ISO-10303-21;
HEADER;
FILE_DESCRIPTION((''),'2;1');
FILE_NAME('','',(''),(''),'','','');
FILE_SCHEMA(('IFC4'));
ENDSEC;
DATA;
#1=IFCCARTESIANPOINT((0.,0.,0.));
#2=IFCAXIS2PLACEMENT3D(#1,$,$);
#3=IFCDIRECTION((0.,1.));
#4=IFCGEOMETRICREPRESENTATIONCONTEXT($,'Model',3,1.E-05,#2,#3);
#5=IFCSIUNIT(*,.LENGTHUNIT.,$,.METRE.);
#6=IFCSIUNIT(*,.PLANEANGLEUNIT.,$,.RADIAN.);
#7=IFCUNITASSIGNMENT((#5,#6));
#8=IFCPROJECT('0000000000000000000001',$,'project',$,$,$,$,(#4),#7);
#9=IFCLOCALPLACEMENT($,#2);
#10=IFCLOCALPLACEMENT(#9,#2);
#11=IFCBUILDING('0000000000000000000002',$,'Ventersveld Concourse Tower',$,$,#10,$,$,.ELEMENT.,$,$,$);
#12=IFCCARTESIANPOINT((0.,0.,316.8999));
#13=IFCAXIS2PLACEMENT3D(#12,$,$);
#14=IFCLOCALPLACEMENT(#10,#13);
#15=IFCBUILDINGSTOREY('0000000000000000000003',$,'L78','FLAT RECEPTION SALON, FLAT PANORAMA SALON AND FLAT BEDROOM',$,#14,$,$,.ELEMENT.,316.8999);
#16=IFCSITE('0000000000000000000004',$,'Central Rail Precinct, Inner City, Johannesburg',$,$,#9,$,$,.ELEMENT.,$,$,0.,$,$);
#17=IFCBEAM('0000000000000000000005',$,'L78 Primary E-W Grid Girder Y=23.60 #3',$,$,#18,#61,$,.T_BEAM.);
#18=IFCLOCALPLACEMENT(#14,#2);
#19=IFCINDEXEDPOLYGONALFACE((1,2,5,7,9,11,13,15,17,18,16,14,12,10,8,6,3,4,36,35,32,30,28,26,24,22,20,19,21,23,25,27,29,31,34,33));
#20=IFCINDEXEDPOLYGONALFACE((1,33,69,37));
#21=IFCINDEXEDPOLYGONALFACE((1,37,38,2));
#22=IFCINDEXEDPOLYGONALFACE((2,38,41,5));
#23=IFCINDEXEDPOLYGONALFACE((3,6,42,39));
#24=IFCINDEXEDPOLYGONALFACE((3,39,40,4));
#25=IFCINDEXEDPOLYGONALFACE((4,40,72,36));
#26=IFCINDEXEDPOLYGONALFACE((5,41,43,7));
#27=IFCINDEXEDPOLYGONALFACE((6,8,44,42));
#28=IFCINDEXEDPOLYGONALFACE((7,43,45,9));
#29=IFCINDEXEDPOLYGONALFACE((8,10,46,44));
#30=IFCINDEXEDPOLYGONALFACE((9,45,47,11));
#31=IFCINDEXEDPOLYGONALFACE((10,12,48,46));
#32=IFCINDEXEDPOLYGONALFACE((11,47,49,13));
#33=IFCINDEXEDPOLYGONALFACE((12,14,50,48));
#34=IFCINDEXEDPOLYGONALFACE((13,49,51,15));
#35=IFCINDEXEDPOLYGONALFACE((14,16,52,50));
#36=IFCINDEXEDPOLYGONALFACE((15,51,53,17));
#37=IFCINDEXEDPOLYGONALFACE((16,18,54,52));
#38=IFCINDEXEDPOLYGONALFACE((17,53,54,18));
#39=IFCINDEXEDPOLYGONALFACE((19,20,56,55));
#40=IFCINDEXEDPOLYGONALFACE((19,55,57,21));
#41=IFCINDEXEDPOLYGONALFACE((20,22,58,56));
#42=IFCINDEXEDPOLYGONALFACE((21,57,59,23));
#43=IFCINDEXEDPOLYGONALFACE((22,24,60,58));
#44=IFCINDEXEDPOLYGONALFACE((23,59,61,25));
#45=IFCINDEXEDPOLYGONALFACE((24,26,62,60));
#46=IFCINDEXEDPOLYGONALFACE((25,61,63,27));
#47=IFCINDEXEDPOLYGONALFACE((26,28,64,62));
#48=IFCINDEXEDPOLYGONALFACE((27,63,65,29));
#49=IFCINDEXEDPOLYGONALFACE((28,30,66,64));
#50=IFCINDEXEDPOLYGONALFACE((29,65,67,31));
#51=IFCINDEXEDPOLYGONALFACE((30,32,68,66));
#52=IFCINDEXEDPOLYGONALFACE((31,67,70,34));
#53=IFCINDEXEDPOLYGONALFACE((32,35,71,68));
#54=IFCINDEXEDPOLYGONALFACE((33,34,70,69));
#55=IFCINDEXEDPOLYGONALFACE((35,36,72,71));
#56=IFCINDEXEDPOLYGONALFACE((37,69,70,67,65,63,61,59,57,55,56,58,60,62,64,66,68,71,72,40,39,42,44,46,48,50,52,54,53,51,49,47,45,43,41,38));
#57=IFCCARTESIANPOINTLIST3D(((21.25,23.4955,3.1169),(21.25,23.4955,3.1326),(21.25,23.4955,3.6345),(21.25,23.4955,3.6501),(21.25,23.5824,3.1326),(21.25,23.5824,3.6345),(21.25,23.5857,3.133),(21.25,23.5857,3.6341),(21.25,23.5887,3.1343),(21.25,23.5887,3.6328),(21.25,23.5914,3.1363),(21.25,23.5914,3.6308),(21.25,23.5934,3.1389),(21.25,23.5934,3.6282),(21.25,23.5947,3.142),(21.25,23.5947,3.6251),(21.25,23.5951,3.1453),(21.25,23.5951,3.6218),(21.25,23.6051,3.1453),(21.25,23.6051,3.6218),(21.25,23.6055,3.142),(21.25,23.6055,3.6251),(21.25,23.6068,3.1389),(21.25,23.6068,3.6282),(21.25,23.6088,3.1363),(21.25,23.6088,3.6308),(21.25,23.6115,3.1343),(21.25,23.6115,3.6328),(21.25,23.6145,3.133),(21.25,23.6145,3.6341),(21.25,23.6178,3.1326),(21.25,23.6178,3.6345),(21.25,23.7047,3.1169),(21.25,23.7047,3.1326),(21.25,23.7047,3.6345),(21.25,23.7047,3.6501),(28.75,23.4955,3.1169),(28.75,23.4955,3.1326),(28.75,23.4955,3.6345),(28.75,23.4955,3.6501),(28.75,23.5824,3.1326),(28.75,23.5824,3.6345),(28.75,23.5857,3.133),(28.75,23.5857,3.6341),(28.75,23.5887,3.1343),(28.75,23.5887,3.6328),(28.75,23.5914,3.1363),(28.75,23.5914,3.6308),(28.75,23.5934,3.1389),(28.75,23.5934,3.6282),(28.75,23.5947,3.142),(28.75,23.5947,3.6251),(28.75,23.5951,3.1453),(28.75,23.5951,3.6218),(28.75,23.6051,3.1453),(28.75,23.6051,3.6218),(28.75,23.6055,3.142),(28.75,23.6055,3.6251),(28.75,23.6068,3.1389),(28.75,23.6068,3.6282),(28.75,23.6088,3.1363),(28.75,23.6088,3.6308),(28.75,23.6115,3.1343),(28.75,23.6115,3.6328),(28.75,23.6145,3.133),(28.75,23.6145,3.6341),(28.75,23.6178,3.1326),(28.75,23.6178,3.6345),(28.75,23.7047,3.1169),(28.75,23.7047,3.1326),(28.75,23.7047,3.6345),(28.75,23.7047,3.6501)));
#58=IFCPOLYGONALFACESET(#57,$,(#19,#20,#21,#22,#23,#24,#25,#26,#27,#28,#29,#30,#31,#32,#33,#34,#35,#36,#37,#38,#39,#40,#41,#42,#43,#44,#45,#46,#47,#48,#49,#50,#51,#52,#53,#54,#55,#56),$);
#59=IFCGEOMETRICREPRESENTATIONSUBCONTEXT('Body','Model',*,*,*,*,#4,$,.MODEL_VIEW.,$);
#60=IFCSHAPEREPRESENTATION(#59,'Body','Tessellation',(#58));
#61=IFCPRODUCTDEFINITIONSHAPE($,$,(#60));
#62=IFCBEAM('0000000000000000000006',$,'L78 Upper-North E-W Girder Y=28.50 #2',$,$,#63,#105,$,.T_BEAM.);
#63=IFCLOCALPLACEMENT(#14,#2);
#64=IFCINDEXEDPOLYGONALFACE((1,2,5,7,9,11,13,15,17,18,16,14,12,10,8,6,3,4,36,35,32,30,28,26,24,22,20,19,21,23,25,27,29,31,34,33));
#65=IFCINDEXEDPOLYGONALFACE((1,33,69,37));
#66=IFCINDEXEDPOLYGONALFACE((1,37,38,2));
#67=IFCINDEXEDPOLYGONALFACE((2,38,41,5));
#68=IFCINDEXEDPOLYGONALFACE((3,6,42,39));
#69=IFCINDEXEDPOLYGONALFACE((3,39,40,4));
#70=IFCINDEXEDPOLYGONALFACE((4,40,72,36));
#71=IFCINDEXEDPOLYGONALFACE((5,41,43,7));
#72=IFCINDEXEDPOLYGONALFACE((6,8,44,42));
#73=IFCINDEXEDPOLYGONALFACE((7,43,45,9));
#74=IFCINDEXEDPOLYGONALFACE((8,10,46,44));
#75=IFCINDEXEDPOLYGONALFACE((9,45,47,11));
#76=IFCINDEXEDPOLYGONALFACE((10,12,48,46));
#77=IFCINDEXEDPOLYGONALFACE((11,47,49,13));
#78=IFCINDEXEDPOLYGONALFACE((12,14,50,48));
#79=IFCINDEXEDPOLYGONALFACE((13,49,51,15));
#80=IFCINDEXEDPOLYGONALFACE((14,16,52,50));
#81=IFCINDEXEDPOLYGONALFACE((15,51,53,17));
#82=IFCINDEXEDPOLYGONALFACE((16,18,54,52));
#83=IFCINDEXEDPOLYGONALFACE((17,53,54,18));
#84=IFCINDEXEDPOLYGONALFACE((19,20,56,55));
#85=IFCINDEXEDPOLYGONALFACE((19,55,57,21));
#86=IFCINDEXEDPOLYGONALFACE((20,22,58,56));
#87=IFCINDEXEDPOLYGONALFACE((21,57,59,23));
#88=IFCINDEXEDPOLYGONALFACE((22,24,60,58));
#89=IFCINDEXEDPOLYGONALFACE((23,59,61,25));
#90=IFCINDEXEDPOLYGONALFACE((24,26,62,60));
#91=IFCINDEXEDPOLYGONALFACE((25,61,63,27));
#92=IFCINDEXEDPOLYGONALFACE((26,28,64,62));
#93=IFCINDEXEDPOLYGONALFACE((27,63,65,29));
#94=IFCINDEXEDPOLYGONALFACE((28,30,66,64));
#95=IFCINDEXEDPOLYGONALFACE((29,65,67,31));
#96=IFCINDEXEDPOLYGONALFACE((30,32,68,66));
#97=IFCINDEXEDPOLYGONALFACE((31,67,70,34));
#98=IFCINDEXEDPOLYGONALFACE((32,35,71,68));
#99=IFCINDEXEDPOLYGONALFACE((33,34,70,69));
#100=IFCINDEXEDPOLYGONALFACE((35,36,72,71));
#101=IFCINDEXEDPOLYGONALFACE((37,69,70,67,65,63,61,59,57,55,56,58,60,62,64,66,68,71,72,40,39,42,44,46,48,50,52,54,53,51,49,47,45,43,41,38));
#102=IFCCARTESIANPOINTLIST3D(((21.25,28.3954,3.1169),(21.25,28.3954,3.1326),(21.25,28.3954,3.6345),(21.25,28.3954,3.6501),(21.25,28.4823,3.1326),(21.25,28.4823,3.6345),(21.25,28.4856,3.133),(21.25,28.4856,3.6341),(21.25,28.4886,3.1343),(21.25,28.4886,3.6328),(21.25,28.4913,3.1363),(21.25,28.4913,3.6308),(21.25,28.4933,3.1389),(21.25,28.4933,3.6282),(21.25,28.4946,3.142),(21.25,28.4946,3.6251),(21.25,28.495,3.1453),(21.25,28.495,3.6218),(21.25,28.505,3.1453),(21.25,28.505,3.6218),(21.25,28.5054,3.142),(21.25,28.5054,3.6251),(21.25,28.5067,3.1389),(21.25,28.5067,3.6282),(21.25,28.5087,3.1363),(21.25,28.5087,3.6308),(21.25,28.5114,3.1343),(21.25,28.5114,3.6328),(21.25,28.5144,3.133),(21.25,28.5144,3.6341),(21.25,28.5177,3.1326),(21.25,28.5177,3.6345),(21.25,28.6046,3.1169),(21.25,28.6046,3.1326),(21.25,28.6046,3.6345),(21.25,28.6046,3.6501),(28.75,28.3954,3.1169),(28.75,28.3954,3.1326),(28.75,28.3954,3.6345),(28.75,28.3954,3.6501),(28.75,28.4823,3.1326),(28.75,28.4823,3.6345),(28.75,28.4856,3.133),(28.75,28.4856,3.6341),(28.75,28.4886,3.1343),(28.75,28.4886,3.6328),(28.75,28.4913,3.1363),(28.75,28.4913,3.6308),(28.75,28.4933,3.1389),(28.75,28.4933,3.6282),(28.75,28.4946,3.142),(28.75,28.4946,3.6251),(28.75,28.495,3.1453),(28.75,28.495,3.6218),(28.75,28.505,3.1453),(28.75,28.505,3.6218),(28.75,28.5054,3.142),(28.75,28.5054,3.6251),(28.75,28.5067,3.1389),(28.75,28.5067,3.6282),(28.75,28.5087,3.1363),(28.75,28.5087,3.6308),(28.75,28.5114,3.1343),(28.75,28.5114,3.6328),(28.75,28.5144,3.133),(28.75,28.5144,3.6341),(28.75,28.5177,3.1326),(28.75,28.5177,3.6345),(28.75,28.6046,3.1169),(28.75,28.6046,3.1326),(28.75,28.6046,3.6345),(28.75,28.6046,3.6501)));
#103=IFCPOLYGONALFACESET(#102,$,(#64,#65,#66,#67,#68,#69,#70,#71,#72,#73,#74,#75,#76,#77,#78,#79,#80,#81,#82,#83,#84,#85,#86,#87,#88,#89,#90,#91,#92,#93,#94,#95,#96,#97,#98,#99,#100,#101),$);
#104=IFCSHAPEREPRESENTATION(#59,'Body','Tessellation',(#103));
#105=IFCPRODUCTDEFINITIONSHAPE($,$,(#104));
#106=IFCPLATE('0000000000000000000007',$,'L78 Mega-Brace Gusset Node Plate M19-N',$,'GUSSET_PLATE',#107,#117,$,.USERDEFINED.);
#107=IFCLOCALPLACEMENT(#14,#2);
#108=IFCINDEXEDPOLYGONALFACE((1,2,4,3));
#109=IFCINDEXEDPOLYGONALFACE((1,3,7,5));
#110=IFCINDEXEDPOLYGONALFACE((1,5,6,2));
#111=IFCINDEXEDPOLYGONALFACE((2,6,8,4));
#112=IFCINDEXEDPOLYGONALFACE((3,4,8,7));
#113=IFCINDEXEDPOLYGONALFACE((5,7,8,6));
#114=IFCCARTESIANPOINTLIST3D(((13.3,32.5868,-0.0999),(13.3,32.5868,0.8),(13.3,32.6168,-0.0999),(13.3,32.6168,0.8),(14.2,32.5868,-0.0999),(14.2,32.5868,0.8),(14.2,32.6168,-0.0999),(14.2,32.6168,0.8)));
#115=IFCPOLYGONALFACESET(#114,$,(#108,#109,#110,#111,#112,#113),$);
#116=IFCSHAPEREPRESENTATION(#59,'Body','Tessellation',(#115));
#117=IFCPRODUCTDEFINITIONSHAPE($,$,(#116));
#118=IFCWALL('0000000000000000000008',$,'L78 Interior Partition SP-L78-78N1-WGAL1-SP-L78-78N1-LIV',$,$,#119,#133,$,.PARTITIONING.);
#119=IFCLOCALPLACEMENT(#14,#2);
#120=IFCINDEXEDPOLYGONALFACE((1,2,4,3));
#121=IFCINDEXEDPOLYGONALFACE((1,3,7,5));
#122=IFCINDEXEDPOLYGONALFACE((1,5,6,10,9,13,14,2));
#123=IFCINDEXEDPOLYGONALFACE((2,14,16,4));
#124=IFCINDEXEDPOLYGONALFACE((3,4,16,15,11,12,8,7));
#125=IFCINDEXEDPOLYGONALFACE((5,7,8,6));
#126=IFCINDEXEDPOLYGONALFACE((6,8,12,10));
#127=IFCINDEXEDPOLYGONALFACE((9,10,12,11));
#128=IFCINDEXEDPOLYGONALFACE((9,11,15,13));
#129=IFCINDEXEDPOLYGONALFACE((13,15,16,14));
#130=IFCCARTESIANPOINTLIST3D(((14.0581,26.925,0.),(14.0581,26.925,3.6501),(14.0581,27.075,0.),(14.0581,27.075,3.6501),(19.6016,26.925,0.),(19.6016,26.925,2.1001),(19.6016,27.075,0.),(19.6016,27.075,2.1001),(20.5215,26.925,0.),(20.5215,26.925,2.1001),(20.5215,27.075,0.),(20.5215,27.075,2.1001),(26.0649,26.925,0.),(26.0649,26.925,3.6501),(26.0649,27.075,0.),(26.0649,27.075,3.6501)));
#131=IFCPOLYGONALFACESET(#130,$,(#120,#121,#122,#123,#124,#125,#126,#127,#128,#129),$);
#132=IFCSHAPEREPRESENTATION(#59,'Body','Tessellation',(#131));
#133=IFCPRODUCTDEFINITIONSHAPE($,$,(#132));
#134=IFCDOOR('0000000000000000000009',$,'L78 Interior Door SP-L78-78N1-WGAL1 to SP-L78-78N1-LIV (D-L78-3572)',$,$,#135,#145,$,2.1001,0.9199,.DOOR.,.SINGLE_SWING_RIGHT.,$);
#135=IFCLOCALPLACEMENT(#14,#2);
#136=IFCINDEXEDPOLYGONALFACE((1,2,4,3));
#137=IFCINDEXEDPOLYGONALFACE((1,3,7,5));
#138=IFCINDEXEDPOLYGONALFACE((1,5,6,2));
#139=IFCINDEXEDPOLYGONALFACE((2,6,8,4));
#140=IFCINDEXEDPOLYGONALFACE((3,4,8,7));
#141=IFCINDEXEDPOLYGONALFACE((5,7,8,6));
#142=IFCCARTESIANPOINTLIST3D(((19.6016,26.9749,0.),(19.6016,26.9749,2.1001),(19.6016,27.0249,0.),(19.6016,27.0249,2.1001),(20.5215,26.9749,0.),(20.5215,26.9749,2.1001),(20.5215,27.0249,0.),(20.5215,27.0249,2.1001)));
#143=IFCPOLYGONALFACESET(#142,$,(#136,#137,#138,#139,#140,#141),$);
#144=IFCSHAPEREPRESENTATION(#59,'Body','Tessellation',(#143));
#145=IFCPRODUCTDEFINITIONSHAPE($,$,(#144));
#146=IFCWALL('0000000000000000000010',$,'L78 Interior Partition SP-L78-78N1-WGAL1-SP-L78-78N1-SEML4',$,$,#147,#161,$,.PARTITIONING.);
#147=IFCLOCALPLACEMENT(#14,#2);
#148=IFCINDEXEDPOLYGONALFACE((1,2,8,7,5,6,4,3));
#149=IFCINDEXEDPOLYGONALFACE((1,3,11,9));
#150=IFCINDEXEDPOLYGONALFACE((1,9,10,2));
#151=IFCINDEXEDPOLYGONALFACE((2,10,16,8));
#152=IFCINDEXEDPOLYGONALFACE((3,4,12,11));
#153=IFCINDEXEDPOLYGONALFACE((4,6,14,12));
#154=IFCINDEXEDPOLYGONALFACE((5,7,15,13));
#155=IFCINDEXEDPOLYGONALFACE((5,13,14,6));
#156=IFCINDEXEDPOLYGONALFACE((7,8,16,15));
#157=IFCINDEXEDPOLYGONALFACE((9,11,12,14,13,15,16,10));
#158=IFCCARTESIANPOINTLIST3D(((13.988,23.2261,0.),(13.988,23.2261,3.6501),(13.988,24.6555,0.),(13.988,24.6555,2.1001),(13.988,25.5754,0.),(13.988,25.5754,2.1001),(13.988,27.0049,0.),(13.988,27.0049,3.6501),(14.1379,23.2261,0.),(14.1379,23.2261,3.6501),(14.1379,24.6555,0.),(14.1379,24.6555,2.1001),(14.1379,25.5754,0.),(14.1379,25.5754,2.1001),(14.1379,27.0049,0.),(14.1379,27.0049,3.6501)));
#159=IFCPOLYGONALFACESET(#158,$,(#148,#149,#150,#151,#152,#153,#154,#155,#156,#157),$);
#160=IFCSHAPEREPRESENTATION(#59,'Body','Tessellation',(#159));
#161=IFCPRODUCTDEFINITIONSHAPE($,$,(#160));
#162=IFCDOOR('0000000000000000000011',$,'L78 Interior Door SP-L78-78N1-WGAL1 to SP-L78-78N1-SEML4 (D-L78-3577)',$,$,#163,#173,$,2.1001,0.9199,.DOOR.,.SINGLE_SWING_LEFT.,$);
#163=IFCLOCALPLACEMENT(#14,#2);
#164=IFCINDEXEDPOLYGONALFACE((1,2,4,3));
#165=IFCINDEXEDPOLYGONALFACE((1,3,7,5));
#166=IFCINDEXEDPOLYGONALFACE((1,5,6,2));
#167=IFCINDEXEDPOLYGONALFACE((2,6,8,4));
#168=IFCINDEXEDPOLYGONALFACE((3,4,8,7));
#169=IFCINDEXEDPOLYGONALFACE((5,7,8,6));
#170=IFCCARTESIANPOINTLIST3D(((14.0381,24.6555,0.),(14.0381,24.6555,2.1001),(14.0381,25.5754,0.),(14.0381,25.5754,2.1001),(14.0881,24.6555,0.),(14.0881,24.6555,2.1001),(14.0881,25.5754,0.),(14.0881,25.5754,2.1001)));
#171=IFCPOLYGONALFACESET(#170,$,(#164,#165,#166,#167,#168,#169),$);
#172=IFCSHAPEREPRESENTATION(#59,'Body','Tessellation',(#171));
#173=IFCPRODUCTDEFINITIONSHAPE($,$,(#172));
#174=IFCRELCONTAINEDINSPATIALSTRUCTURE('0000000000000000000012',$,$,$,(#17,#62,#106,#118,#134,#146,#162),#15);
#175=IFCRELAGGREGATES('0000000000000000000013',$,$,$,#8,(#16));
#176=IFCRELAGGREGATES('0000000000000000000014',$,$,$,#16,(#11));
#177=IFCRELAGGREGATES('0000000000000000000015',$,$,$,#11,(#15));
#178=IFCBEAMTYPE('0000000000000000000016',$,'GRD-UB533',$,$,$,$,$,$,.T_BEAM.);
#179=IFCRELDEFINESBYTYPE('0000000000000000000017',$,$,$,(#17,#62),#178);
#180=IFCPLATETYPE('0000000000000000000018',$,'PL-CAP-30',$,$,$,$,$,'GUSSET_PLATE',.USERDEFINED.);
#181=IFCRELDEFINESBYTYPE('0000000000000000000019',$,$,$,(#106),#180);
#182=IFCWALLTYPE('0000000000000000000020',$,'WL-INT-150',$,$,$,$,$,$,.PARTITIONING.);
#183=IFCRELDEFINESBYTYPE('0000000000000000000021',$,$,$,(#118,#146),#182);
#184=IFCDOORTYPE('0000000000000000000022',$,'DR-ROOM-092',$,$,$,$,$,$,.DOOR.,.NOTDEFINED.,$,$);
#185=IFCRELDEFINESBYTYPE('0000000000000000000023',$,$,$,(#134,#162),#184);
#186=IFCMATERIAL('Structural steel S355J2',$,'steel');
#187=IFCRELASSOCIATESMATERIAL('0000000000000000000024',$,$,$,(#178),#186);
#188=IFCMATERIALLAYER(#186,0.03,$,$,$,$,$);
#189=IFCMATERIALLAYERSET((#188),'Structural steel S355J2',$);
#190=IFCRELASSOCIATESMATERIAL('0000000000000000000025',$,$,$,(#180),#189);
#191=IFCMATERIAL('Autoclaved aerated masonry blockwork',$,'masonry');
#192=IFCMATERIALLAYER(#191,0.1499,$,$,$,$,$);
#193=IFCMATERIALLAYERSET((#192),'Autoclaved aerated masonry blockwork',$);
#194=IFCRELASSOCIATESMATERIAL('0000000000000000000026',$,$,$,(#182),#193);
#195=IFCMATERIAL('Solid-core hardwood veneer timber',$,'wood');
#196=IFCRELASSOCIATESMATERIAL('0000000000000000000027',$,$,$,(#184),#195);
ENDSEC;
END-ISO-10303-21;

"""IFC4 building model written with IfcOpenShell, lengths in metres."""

from ifc_helpers import new_model, si_unit, direction, frame, frame_2d, origin, origin_2d, place, context, subcontext, project, spatial, rectangle, i_section, extrude, material, layer, layer_set, material_profile, profile_set, type_object, element, fill, save


model = new_model("IFC4")

# Units and contexts
model_context = context("Model", 3, precision=1e-05, world=origin(), true_north=direction((0.0, 1.0)))
body_context = subcontext(model_context, "Body", "Model", "MODEL_VIEW")
ifc_project = project(units=[si_unit("LENGTHUNIT", "METRE"), si_unit("PLANEANGLEUNIT", "RADIAN")], contexts=[model_context])

# Site, building, storey
site_placement = place(None, origin())
site = spatial("IfcSite", under=ifc_project, at=site_placement, Name="Central Rail Precinct, Inner City, Johannesburg", CompositionType="ELEMENT", RefElevation=0.0)
building_placement = place(site_placement, origin())
building = spatial("IfcBuilding", under=site, at=building_placement, Name="Ventersveld Concourse Tower", CompositionType="ELEMENT")
storey_placement = place(building_placement, frame((0.0, 0.0, 316.8999)))
storey = spatial("IfcBuildingStorey", under=building, at=storey_placement, Name="L78", Description="FLAT RECEPTION SALON, FLAT PANORAMA SALON AND FLAT BEDROOM", CompositionType="ELEMENT", Elevation=316.8999)

# Shared definitions
ifc_material_1 = material(Name="Structural steel S355J2", Category="steel")

# Beams
ifc_material_profile_1 = material_profile(ifc_material_1, i_section(OverallWidth=0.2092, OverallDepth=0.5332, WebThickness=0.01, FlangeThickness=0.0156, FilletRadius=0.0127, at=origin_2d()), Name="UB 533x210x92")
ifc_profile_set_1 = profile_set([ifc_material_profile_1], Name="Structural steel S355J2")
beam_type_1 = type_object("IfcBeamType", Name="GRD-UB533", PredefinedType="T_BEAM", material=ifc_profile_set_1)
for number, where, z_axis, x_axis, name in (
    (1, (21.25, 23.6001, 3.3835), (1.0, 0.0, 0.0), (0.0, 1.0, 0.0), "L78 Primary E-W Grid Girder Y=23.60 #3"),
    (2, (21.25, 28.5, 3.3835), (1.0, 0.0, 0.0), (0.0, 1.0, 0.0), "L78 Upper-North E-W Girder Y=28.50 #2"),
):
    element("IfcBeam", number, at=place(storey_placement, frame(where, z_axis=z_axis, x_axis=x_axis)), inside=storey, type_object=beam_type_1, Name=name, PredefinedType="T_BEAM", context=body_context, shape_type="SweptSolid", body=[
        extrude(i_section(OverallWidth=0.2092, OverallDepth=0.5332, WebThickness=0.01, FlangeThickness=0.0156, FilletRadius=0.0127, at=origin_2d()), origin(), (0.0, 0.0, 1.0), 7.5),
    ])

# Plate
ifc_layer_1 = layer(ifc_material_1, 0.03)
ifc_layer_set_1 = layer_set([ifc_layer_1], Name="Structural steel S355J2")
plate_type = type_object("IfcPlateType", Name="PL-CAP-30", ElementType="GUSSET_PLATE", PredefinedType="USERDEFINED", material=ifc_layer_set_1)
plate_placement = place(storey_placement, frame((13.75, 32.6018, -0.0999), z_axis=(0.0, 0.0, 1.0), x_axis=(1.0, 0.0, 0.0)))
element("IfcPlate", 3, at=plate_placement, inside=storey, type_object=plate_type, Name="L78 Mega-Brace Gusset Node Plate M19-N", ObjectType="GUSSET_PLATE", PredefinedType="USERDEFINED", context=body_context, shape_type="SweptSolid", body=[
    extrude(rectangle(XDim=0.8999, YDim=0.03, at=origin_2d()), origin(), (0.0, 0.0, 1.0), 0.8999),
])

# Walls, openings, doors
ifc_material_2 = material(Name="Autoclaved aerated masonry blockwork", Category="masonry")
ifc_layer_2 = layer(ifc_material_2, 0.1499)
ifc_layer_set_2 = layer_set([ifc_layer_2], Name="Autoclaved aerated masonry blockwork")
wall_type = type_object("IfcWallType", Name="WL-INT-150", PredefinedType="PARTITIONING", material=ifc_layer_set_2)
wall_1_placement = place(storey_placement, frame((14.0581, 27.0, 0.0), z_axis=(0.0, 0.0, 1.0), x_axis=(1.0, 0.0, 0.0)))
wall_1 = element("IfcWall", 4, at=wall_1_placement, inside=storey, type_object=wall_type, Name="L78 Interior Partition SP-L78-78N1-WGAL1-SP-L78-78N1-LIV", PredefinedType="PARTITIONING", context=body_context, shape_type="SweptSolid", body=[
    extrude(rectangle(XDim=12.0068, YDim=0.1499, at=frame_2d((6.0034, 0.0))), origin(), (0.0, 0.0, 1.0), 3.6501),
])
opening_1_placement = place(wall_1_placement, frame((5.5435, 0.0, 0.0)))
opening_1 = element("IfcOpeningElement", 5, at=opening_1_placement, cuts=wall_1, PredefinedType="OPENING", context=body_context, shape_type="SweptSolid", body=[
    extrude(rectangle(XDim=0.9199, YDim=2.1001, at=frame_2d((0.46, 1.05))), frame((0.0, 0.085, 0.0), z_axis=(0.0, -1.0, 0.0), x_axis=(1.0, 0.0, 0.0)), (0.0, 0.0, 1.0), 0.1699),
])
ifc_material_3 = material(Name="Solid-core hardwood veneer timber", Category="wood")
door_type = type_object("IfcDoorType", Name="DR-ROOM-092", OperationType="NOTDEFINED", PredefinedType="DOOR", material=ifc_material_3)
door_1_placement = place(opening_1_placement, origin())
door_1 = element("IfcDoor", 6, at=door_1_placement, inside=storey, type_object=door_type, Name="L78 Interior Door SP-L78-78N1-WGAL1 to SP-L78-78N1-LIV (D-L78-3572)", OperationType="SINGLE_SWING_RIGHT", OverallHeight=2.1001, OverallWidth=0.9199, PredefinedType="DOOR", context=body_context, shape_type="SweptSolid", body=[
    extrude(rectangle(XDim=0.9199, YDim=2.1001, at=frame_2d((0.46, 1.05))), frame((0.0, 0.0249, 0.0), z_axis=(0.0, -1.0, 0.0), x_axis=(1.0, 0.0, 0.0)), (0.0, 0.0, 1.0), 0.05),
])
fill(opening_1, door_1)
wall_2_placement = place(storey_placement, frame((14.063, 23.2261, 0.0), z_axis=(0.0, 0.0, 1.0), x_axis=(0.0, 1.0, 0.0)))
wall_2 = element("IfcWall", 7, at=wall_2_placement, inside=storey, type_object=wall_type, Name="L78 Interior Partition SP-L78-78N1-WGAL1-SP-L78-78N1-SEML4", PredefinedType="PARTITIONING", context=body_context, shape_type="SweptSolid", body=[
    extrude(rectangle(XDim=3.7788, YDim=0.1499, at=frame_2d((1.8894, 0.0))), origin(), (0.0, 0.0, 1.0), 3.6501),
])
opening_2_placement = place(wall_2_placement, frame((1.4294, 0.0, 0.0)))
opening_2 = element("IfcOpeningElement", 8, at=opening_2_placement, cuts=wall_2, PredefinedType="OPENING", context=body_context, shape_type="SweptSolid", body=[
    extrude(rectangle(XDim=0.9199, YDim=2.1001, at=frame_2d((0.46, 1.05))), frame((0.0, 0.085, 0.0), z_axis=(0.0, -1.0, 0.0), x_axis=(1.0, 0.0, 0.0)), (0.0, 0.0, 1.0), 0.1699),
])
door_2_placement = place(opening_2_placement, origin())
door_2 = element("IfcDoor", 9, at=door_2_placement, inside=storey, type_object=door_type, Name="L78 Interior Door SP-L78-78N1-WGAL1 to SP-L78-78N1-SEML4 (D-L78-3577)", OperationType="SINGLE_SWING_LEFT", OverallHeight=2.1001, OverallWidth=0.9199, PredefinedType="DOOR", context=body_context, shape_type="SweptSolid", body=[
    extrude(rectangle(XDim=0.9199, YDim=2.1001, at=frame_2d((0.46, 1.05))), frame((0.0, 0.0249, 0.0), z_axis=(0.0, -1.0, 0.0), x_axis=(1.0, 0.0, 0.0)), (0.0, 0.0, 1.0), 0.05),
])
fill(opening_2, door_2)

save(model, "model.ifc")
